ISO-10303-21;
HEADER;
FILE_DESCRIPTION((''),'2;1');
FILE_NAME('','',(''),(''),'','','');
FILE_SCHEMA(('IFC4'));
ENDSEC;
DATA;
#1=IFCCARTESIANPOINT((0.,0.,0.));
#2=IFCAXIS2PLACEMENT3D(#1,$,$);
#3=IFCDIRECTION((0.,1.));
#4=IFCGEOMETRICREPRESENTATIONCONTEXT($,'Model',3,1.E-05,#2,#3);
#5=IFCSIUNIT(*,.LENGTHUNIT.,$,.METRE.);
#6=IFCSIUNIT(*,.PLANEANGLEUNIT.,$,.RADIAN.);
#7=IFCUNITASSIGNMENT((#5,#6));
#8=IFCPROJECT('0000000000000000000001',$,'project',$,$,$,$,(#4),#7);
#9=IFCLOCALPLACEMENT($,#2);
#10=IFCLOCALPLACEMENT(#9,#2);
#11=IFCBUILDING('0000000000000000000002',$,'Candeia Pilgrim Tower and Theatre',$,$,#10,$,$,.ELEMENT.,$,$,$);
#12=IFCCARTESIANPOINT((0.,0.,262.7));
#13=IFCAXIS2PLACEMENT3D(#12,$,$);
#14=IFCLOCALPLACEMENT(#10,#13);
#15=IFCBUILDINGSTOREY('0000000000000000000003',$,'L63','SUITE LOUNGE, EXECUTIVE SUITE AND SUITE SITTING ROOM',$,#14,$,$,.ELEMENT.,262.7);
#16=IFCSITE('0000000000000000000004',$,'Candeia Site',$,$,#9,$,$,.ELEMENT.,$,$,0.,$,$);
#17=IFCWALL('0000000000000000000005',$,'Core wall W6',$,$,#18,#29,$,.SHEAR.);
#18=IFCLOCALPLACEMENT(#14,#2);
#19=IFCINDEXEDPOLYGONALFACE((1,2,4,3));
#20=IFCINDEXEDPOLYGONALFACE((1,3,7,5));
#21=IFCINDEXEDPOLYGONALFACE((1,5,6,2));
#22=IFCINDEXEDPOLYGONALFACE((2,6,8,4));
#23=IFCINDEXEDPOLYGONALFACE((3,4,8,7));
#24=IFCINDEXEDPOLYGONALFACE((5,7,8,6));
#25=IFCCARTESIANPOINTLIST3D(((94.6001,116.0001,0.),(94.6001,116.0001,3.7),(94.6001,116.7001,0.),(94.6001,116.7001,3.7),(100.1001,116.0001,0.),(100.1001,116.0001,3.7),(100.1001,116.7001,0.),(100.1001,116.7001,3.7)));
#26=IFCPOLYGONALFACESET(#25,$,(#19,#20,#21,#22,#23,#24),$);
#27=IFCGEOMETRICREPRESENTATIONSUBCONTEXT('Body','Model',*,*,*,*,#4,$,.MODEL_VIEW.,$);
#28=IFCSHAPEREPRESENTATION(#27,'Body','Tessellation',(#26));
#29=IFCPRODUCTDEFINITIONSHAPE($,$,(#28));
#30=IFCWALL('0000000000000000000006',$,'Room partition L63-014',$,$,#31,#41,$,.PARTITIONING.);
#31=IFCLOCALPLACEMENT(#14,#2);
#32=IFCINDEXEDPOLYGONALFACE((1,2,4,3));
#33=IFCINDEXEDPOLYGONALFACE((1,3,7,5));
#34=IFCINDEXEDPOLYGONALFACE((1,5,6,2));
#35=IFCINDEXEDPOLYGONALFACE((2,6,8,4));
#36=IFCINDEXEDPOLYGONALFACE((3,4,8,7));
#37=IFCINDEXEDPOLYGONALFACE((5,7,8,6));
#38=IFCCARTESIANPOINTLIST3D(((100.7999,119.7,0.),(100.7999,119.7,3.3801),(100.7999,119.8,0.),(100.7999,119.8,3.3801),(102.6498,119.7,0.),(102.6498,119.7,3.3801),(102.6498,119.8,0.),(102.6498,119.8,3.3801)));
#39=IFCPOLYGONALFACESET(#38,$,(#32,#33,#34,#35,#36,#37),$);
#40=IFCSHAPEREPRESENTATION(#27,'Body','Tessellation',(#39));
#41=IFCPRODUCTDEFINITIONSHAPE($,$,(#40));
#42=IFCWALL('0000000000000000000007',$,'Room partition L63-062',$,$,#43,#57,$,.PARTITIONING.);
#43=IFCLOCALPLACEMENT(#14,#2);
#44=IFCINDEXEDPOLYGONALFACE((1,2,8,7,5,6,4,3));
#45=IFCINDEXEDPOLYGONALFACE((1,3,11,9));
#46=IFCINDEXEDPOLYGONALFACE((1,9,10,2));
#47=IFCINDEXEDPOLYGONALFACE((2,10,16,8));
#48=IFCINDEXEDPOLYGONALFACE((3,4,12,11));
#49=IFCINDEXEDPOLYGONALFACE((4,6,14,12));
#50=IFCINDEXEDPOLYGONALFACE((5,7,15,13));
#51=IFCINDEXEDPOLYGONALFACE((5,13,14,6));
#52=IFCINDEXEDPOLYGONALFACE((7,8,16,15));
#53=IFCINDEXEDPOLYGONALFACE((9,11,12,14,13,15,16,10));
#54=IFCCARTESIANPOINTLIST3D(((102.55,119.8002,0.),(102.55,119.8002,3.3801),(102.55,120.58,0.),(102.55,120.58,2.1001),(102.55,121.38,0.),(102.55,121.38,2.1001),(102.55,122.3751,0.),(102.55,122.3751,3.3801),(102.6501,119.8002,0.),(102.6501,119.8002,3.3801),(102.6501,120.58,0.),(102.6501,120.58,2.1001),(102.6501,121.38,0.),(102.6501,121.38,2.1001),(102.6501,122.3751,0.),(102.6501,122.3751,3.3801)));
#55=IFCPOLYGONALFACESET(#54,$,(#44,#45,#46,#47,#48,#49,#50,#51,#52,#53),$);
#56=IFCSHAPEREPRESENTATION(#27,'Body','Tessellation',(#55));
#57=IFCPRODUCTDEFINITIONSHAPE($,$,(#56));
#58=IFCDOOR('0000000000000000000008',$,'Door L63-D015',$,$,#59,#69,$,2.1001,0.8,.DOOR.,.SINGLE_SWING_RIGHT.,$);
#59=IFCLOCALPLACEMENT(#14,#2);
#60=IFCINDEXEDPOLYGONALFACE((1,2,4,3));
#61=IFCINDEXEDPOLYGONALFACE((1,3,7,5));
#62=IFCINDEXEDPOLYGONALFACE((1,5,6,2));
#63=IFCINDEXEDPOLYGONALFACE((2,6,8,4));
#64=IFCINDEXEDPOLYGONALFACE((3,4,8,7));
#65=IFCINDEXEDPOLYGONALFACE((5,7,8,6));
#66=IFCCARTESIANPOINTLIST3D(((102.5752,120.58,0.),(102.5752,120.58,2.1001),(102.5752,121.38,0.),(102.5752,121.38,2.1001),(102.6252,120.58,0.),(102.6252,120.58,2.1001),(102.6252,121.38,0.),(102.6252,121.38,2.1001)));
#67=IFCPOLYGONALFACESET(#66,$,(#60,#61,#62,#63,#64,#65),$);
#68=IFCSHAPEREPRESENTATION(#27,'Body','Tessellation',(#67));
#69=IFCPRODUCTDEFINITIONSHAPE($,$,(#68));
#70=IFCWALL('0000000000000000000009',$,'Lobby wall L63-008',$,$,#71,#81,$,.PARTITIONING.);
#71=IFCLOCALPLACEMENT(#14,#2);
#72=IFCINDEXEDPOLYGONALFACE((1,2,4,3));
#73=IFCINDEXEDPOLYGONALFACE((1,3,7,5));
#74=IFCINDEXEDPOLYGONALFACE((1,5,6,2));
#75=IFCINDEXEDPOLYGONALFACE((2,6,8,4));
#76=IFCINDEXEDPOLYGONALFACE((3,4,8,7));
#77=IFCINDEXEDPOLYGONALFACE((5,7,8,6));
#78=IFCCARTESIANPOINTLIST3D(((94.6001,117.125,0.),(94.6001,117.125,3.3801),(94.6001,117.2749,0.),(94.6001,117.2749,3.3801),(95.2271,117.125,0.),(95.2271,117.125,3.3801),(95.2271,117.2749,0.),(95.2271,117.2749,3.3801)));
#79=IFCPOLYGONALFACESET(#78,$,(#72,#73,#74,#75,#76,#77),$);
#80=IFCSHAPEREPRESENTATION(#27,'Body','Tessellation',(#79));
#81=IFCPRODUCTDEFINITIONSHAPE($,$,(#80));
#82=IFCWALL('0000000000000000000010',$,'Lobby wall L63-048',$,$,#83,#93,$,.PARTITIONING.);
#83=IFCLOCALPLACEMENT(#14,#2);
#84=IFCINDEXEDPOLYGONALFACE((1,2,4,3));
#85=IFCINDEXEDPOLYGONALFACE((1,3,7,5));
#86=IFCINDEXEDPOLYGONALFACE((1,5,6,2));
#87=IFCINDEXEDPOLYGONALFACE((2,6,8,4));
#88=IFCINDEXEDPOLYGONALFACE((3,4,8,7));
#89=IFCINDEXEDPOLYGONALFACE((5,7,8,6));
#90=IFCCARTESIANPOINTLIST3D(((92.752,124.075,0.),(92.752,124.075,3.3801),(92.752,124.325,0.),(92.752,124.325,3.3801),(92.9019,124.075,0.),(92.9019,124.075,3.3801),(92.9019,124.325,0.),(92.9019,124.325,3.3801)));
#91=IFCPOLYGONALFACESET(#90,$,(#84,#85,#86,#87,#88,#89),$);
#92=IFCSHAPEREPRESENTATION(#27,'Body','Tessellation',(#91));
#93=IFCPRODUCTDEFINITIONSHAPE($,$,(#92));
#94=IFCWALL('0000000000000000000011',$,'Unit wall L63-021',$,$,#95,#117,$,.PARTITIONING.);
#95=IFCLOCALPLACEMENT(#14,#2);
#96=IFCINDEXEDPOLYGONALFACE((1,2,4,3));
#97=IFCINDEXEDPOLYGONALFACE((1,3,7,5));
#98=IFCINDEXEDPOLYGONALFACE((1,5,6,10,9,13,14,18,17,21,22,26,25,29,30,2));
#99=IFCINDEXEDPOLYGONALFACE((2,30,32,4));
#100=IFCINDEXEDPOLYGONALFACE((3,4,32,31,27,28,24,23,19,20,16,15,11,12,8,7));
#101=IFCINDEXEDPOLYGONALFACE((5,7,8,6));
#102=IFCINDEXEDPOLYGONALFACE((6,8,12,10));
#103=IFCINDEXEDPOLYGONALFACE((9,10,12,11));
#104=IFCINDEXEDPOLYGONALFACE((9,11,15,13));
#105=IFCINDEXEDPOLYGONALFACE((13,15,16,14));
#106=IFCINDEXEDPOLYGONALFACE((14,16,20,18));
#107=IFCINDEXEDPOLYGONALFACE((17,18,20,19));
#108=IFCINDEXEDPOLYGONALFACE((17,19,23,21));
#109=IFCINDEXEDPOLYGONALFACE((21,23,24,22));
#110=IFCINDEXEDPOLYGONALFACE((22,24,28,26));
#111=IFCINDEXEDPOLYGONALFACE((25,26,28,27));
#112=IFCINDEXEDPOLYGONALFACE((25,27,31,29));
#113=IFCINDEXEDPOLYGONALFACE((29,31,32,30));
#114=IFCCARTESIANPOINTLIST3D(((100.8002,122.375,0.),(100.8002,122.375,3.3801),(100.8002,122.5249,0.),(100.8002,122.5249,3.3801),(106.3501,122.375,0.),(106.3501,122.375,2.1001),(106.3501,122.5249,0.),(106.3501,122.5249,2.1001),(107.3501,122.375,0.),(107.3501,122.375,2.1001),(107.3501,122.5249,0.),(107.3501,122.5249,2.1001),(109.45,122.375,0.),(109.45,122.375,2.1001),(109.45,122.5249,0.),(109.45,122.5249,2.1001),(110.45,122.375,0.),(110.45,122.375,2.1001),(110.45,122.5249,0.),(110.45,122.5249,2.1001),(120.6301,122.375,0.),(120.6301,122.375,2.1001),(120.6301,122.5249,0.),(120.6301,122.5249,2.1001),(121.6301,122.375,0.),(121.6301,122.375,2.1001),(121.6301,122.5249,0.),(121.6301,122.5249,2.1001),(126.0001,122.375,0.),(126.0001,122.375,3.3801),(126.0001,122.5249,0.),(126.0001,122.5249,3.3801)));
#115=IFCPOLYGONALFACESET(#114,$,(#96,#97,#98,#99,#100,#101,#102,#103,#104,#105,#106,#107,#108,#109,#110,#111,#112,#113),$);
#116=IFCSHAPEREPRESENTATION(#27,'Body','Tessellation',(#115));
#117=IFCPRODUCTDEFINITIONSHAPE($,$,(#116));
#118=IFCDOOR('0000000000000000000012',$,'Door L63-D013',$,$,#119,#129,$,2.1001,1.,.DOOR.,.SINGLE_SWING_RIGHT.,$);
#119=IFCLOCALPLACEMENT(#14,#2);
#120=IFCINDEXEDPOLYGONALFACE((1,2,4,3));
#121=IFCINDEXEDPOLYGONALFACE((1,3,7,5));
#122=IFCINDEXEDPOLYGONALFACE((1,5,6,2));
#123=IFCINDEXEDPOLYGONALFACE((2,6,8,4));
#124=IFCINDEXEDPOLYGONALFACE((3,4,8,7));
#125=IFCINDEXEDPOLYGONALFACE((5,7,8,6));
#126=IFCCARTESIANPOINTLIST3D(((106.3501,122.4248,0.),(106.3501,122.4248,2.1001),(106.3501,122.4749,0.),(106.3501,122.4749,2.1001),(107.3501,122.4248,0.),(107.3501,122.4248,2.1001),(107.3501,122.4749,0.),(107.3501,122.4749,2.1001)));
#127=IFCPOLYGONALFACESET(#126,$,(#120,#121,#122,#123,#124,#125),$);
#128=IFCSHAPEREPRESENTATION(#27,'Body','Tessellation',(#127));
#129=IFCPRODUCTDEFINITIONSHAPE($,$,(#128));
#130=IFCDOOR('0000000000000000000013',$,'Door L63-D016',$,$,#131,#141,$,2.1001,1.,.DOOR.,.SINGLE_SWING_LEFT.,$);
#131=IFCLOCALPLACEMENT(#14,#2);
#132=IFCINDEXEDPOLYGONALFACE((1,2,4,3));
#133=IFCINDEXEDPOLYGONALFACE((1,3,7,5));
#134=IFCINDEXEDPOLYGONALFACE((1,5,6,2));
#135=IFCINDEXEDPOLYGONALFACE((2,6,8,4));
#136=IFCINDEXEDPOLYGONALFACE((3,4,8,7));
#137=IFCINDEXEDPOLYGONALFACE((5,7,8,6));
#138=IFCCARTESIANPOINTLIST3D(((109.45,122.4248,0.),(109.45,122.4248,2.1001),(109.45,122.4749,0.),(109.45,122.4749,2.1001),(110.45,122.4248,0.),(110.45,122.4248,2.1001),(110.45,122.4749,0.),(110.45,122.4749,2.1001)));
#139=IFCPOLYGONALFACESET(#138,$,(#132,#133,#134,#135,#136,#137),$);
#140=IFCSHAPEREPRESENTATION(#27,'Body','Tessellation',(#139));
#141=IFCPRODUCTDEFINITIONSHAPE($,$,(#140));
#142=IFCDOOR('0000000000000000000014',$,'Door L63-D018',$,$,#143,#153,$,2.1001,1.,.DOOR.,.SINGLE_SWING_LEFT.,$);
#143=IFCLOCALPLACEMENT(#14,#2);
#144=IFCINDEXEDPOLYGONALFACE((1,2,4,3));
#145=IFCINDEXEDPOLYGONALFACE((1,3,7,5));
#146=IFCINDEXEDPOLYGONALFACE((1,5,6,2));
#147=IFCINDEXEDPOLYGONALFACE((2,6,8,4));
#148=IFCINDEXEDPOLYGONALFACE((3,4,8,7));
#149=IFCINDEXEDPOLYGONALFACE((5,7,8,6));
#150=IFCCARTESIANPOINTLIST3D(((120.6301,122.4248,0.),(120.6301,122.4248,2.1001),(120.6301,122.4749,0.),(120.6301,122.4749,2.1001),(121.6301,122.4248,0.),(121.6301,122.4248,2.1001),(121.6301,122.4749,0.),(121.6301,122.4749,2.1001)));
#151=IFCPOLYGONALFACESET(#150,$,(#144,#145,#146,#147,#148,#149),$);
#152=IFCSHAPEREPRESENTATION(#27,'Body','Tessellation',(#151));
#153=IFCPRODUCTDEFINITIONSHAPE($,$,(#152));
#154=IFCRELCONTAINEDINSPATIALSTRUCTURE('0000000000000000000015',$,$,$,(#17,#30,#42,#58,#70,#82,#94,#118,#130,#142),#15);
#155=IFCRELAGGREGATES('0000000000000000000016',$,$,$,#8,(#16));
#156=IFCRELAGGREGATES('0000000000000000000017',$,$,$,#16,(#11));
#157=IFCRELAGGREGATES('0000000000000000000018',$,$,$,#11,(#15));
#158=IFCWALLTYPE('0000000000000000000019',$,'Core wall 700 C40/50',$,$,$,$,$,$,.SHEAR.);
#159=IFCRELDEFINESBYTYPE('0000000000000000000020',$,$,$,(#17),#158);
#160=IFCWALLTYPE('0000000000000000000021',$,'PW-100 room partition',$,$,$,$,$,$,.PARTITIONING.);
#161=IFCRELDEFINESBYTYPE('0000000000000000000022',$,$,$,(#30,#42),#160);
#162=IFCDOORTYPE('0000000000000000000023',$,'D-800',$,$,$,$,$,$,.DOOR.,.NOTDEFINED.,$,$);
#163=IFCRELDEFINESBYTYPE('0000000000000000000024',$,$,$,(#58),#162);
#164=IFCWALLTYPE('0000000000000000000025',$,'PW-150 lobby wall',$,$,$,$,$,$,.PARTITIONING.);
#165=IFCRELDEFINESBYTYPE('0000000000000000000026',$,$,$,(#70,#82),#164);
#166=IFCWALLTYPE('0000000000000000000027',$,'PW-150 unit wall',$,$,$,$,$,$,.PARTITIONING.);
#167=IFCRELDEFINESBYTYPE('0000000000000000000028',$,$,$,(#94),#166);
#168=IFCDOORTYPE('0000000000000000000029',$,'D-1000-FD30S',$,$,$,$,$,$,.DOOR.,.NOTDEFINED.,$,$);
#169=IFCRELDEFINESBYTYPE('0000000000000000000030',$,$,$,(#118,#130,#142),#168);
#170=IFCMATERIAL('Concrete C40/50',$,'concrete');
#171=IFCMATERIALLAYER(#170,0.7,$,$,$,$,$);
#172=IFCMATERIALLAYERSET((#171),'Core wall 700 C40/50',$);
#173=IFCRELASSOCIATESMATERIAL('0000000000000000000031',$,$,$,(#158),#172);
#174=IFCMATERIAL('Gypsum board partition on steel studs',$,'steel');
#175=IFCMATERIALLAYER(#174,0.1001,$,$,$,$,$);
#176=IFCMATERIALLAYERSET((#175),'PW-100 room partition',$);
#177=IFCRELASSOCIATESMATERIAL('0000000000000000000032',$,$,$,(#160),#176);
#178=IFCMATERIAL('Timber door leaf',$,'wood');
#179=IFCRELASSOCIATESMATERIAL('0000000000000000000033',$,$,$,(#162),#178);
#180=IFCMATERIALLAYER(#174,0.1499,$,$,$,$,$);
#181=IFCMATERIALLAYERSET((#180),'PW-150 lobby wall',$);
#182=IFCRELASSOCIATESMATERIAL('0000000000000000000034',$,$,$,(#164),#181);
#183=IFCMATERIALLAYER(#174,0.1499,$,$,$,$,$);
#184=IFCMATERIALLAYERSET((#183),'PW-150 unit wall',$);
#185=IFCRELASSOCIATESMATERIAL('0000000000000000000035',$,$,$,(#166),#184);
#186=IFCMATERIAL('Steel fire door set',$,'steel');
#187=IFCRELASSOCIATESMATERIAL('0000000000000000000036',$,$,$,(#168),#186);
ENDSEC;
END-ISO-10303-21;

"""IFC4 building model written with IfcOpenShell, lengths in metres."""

from ifc_helpers import new_model, si_unit, direction, frame, frame_2d, origin, place, context, subcontext, project, spatial, rectangle, extrude, material, layer, layer_set, type_object, element, fill, save


model = new_model("IFC4")

# Units and contexts
model_context = context("Model", 3, precision=1e-05, world=origin(), true_north=direction((0.0, 1.0)))
body_context = subcontext(model_context, "Body", "Model", "MODEL_VIEW")
ifc_project = project(units=[si_unit("LENGTHUNIT", "METRE"), si_unit("PLANEANGLEUNIT", "RADIAN")], contexts=[model_context])

# Site, building, storey
site_placement = place(None, origin())
site = spatial("IfcSite", under=ifc_project, at=site_placement, Name="Candeia Site", CompositionType="ELEMENT", RefElevation=0.0)
building_placement = place(site_placement, origin())
building = spatial("IfcBuilding", under=site, at=building_placement, Name="Candeia Pilgrim Tower and Theatre", CompositionType="ELEMENT")
storey_placement = place(building_placement, frame((0.0, 0.0, 262.7)))
storey = spatial("IfcBuildingStorey", under=building, at=storey_placement, Name="L63", Description="SUITE LOUNGE, EXECUTIVE SUITE AND SUITE SITTING ROOM", CompositionType="ELEMENT", Elevation=262.7)

# Walls
ifc_material_1 = material(Name="Concrete C40/50", Category="concrete")
ifc_layer_1 = layer(ifc_material_1, 0.7)
ifc_layer_set_1 = layer_set([ifc_layer_1], Name="Core wall 700 C40/50")
wall_type_1 = type_object("IfcWallType", Name="Core wall 700 C40/50", PredefinedType="SHEAR", material=ifc_layer_set_1)
wall_1_placement = place(storey_placement, frame((94.6001, 116.3501, 0.0), z_axis=(0.0, 0.0, 1.0), x_axis=(1.0, 0.0, 0.0)))
element("IfcWall", 1, at=wall_1_placement, inside=storey, type_object=wall_type_1, Name="Core wall W6", PredefinedType="SHEAR", context=body_context, shape_type="SweptSolid", body=[
    extrude(rectangle(XDim=5.5, YDim=0.7, at=frame_2d((2.75, 0.0))), origin(), (0.0, 0.0, 1.0), 3.7),
])
ifc_material_2 = material(Name="Gypsum board partition on steel studs", Category="steel")
ifc_layer_2 = layer(ifc_material_2, 0.1001)
ifc_layer_set_2 = layer_set([ifc_layer_2], Name="PW-100 room partition")
wall_type_2 = type_object("IfcWallType", Name="PW-100 room partition", PredefinedType="PARTITIONING", material=ifc_layer_set_2)
wall_2_placement = place(storey_placement, frame((100.8, 119.75, 0.0), z_axis=(0.0, 0.0, 1.0), x_axis=(1.0, 0.0, 0.0)))
element("IfcWall", 2, at=wall_2_placement, inside=storey, type_object=wall_type_2, Name="Room partition L63-014", PredefinedType="PARTITIONING", context=body_context, shape_type="SweptSolid", body=[
    extrude(rectangle(XDim=1.8499, YDim=0.1001, at=frame_2d((0.9248, 0.0))), origin(), (0.0, 0.0, 1.0), 3.3801),
])

# Wall, opening, door
wall_3_placement = place(storey_placement, frame((102.6001, 119.8, 0.0), z_axis=(0.0, 0.0, 1.0), x_axis=(0.0, 1.0, 0.0)))
wall_3 = element("IfcWall", 3, at=wall_3_placement, inside=storey, type_object=wall_type_2, Name="Room partition L63-062", PredefinedType="PARTITIONING", context=body_context, shape_type="SweptSolid", body=[
    extrude(rectangle(XDim=2.575, YDim=0.1001, at=frame_2d((1.2876, 0.0))), origin(), (0.0, 0.0, 1.0), 3.3801),
])
opening_1_placement = place(wall_3_placement, frame((0.78, 0.0, 0.0)))
opening_1 = element("IfcOpeningElement", 4, at=opening_1_placement, cuts=wall_3, PredefinedType="OPENING", context=body_context, shape_type="SweptSolid", body=[
    extrude(rectangle(XDim=0.8, YDim=2.1001, at=frame_2d((0.3999, 1.05))), frame((0.0, 0.0601, 0.0), z_axis=(0.0, -1.0, 0.0), x_axis=(1.0, 0.0, 0.0)), (0.0, 0.0, 1.0), 0.1201),
])
ifc_material_3 = material(Name="Timber door leaf", Category="wood")
door_type_1 = type_object("IfcDoorType", Name="D-800", OperationType="NOTDEFINED", PredefinedType="DOOR", material=ifc_material_3)
door_1_placement = place(opening_1_placement, origin())
door_1 = element("IfcDoor", 5, at=door_1_placement, inside=storey, type_object=door_type_1, Name="Door L63-D015", OperationType="SINGLE_SWING_RIGHT", OverallHeight=2.1001, OverallWidth=0.8, PredefinedType="DOOR", context=body_context, shape_type="SweptSolid", body=[
    extrude(rectangle(XDim=0.8, YDim=2.1001, at=frame_2d((0.3999, 1.05))), frame((0.0, 0.0249, 0.0), z_axis=(0.0, -1.0, 0.0), x_axis=(1.0, 0.0, 0.0)), (0.0, 0.0, 1.0), 0.05),
])
fill(opening_1, door_1)

# Walls
ifc_layer_3 = layer(ifc_material_2, 0.1499)
ifc_layer_set_3 = layer_set([ifc_layer_3], Name="PW-150 lobby wall")
wall_type_3 = type_object("IfcWallType", Name="PW-150 lobby wall", PredefinedType="PARTITIONING", material=ifc_layer_set_3)
wall_4_placement = place(storey_placement, frame((94.6001, 117.2, 0.0), z_axis=(0.0, 0.0, 1.0), x_axis=(1.0, 0.0, 0.0)))
element("IfcWall", 6, at=wall_4_placement, inside=storey, type_object=wall_type_3, Name="Lobby wall L63-008", PredefinedType="PARTITIONING", context=body_context, shape_type="SweptSolid", body=[
    extrude(rectangle(XDim=0.627, YDim=0.1499, at=frame_2d((0.3135, 0.0))), origin(), (0.0, 0.0, 1.0), 3.3801),
])
wall_5_placement = place(storey_placement, frame((92.8269, 124.075, 0.0), z_axis=(0.0, 0.0, 1.0), x_axis=(0.0, 1.0, 0.0)))
element("IfcWall", 7, at=wall_5_placement, inside=storey, type_object=wall_type_3, Name="Lobby wall L63-048", PredefinedType="PARTITIONING", context=body_context, shape_type="SweptSolid", body=[
    extrude(rectangle(XDim=0.25, YDim=0.1499, at=frame_2d((0.125, 0.0))), origin(), (0.0, 0.0, 1.0), 3.3801),
])

# Wall, openings, doors
ifc_layer_4 = layer(ifc_material_2, 0.1499)
ifc_layer_set_4 = layer_set([ifc_layer_4], Name="PW-150 unit wall")
wall_type_4 = type_object("IfcWallType", Name="PW-150 unit wall", PredefinedType="PARTITIONING", material=ifc_layer_set_4)
wall_6_placement = place(storey_placement, frame((100.8, 122.45, 0.0), z_axis=(0.0, 0.0, 1.0), x_axis=(1.0, 0.0, 0.0)))
wall_6 = element("IfcWall", 8, at=wall_6_placement, inside=storey, type_object=wall_type_4, Name="Unit wall L63-021", PredefinedType="PARTITIONING", context=body_context, shape_type="SweptSolid", body=[
    extrude(rectangle(XDim=25.2, YDim=0.1499, at=frame_2d((12.6001, 0.0))), origin(), (0.0, 0.0, 1.0), 3.3801),
])
opening_2_placement = place(wall_6_placement, frame((5.55, 0.0, 0.0)))
opening_2 = element("IfcOpeningElement", 9, at=opening_2_placement, cuts=wall_6, PredefinedType="OPENING", context=body_context, shape_type="SweptSolid", body=[
    extrude(rectangle(XDim=1.0, YDim=2.1001, at=frame_2d((0.5, 1.05))), frame((0.0, 0.085, 0.0), z_axis=(0.0, -1.0, 0.0), x_axis=(1.0, 0.0, 0.0)), (0.0, 0.0, 1.0), 0.1699),
])
opening_3_placement = place(wall_6_placement, frame((8.6499, 0.0, 0.0)))
opening_3 = element("IfcOpeningElement", 10, at=opening_3_placement, cuts=wall_6, PredefinedType="OPENING", context=body_context, shape_type="SweptSolid", body=[
    extrude(rectangle(XDim=1.0, YDim=2.1001, at=frame_2d((0.5, 1.05))), frame((0.0, 0.085, 0.0), z_axis=(0.0, -1.0, 0.0), x_axis=(1.0, 0.0, 0.0)), (0.0, 0.0, 1.0), 0.1699),
])
opening_4_placement = place(wall_6_placement, frame((19.8301, 0.0, 0.0)))
opening_4 = element("IfcOpeningElement", 11, at=opening_4_placement, cuts=wall_6, PredefinedType="OPENING", context=body_context, shape_type="SweptSolid", body=[
    extrude(rectangle(XDim=1.0, YDim=2.1001, at=frame_2d((0.5, 1.05))), frame((0.0, 0.085, 0.0), z_axis=(0.0, -1.0, 0.0), x_axis=(1.0, 0.0, 0.0)), (0.0, 0.0, 1.0), 0.1699),
])
ifc_material_4 = material(Name="Steel fire door set", Category="steel")
door_type_2 = type_object("IfcDoorType", Name="D-1000-FD30S", OperationType="NOTDEFINED", PredefinedType="DOOR", material=ifc_material_4)
door_2_placement = place(opening_2_placement, origin())
door_2 = element("IfcDoor", 12, at=door_2_placement, inside=storey, type_object=door_type_2, Name="Door L63-D013", OperationType="SINGLE_SWING_RIGHT", OverallHeight=2.1001, OverallWidth=1.0, PredefinedType="DOOR", context=body_context, shape_type="SweptSolid", body=[
    extrude(rectangle(XDim=1.0, YDim=2.1001, at=frame_2d((0.5, 1.05))), frame((0.0, 0.0249, 0.0), z_axis=(0.0, -1.0, 0.0), x_axis=(1.0, 0.0, 0.0)), (0.0, 0.0, 1.0), 0.05),
])
fill(opening_2, door_2)
door_3_placement = place(opening_3_placement, origin())
door_3 = element("IfcDoor", 13, at=door_3_placement, inside=storey, type_object=door_type_2, Name="Door L63-D016", OperationType="SINGLE_SWING_LEFT", OverallHeight=2.1001, OverallWidth=1.0, PredefinedType="DOOR", context=body_context, shape_type="SweptSolid", body=[
    extrude(rectangle(XDim=1.0, YDim=2.1001, at=frame_2d((0.5, 1.05))), frame((0.0, 0.0249, 0.0), z_axis=(0.0, -1.0, 0.0), x_axis=(1.0, 0.0, 0.0)), (0.0, 0.0, 1.0), 0.05),
])
fill(opening_3, door_3)
door_4_placement = place(opening_4_placement, origin())
door_4 = element("IfcDoor", 14, at=door_4_placement, inside=storey, type_object=door_type_2, Name="Door L63-D018", OperationType="SINGLE_SWING_LEFT", OverallHeight=2.1001, OverallWidth=1.0, PredefinedType="DOOR", context=body_context, shape_type="SweptSolid", body=[
    extrude(rectangle(XDim=1.0, YDim=2.1001, at=frame_2d((0.5, 1.05))), frame((0.0, 0.0249, 0.0), z_axis=(0.0, -1.0, 0.0), x_axis=(1.0, 0.0, 0.0)), (0.0, 0.0, 1.0), 0.05),
])
fill(opening_4, door_4)

save(model, "model.ifc")
